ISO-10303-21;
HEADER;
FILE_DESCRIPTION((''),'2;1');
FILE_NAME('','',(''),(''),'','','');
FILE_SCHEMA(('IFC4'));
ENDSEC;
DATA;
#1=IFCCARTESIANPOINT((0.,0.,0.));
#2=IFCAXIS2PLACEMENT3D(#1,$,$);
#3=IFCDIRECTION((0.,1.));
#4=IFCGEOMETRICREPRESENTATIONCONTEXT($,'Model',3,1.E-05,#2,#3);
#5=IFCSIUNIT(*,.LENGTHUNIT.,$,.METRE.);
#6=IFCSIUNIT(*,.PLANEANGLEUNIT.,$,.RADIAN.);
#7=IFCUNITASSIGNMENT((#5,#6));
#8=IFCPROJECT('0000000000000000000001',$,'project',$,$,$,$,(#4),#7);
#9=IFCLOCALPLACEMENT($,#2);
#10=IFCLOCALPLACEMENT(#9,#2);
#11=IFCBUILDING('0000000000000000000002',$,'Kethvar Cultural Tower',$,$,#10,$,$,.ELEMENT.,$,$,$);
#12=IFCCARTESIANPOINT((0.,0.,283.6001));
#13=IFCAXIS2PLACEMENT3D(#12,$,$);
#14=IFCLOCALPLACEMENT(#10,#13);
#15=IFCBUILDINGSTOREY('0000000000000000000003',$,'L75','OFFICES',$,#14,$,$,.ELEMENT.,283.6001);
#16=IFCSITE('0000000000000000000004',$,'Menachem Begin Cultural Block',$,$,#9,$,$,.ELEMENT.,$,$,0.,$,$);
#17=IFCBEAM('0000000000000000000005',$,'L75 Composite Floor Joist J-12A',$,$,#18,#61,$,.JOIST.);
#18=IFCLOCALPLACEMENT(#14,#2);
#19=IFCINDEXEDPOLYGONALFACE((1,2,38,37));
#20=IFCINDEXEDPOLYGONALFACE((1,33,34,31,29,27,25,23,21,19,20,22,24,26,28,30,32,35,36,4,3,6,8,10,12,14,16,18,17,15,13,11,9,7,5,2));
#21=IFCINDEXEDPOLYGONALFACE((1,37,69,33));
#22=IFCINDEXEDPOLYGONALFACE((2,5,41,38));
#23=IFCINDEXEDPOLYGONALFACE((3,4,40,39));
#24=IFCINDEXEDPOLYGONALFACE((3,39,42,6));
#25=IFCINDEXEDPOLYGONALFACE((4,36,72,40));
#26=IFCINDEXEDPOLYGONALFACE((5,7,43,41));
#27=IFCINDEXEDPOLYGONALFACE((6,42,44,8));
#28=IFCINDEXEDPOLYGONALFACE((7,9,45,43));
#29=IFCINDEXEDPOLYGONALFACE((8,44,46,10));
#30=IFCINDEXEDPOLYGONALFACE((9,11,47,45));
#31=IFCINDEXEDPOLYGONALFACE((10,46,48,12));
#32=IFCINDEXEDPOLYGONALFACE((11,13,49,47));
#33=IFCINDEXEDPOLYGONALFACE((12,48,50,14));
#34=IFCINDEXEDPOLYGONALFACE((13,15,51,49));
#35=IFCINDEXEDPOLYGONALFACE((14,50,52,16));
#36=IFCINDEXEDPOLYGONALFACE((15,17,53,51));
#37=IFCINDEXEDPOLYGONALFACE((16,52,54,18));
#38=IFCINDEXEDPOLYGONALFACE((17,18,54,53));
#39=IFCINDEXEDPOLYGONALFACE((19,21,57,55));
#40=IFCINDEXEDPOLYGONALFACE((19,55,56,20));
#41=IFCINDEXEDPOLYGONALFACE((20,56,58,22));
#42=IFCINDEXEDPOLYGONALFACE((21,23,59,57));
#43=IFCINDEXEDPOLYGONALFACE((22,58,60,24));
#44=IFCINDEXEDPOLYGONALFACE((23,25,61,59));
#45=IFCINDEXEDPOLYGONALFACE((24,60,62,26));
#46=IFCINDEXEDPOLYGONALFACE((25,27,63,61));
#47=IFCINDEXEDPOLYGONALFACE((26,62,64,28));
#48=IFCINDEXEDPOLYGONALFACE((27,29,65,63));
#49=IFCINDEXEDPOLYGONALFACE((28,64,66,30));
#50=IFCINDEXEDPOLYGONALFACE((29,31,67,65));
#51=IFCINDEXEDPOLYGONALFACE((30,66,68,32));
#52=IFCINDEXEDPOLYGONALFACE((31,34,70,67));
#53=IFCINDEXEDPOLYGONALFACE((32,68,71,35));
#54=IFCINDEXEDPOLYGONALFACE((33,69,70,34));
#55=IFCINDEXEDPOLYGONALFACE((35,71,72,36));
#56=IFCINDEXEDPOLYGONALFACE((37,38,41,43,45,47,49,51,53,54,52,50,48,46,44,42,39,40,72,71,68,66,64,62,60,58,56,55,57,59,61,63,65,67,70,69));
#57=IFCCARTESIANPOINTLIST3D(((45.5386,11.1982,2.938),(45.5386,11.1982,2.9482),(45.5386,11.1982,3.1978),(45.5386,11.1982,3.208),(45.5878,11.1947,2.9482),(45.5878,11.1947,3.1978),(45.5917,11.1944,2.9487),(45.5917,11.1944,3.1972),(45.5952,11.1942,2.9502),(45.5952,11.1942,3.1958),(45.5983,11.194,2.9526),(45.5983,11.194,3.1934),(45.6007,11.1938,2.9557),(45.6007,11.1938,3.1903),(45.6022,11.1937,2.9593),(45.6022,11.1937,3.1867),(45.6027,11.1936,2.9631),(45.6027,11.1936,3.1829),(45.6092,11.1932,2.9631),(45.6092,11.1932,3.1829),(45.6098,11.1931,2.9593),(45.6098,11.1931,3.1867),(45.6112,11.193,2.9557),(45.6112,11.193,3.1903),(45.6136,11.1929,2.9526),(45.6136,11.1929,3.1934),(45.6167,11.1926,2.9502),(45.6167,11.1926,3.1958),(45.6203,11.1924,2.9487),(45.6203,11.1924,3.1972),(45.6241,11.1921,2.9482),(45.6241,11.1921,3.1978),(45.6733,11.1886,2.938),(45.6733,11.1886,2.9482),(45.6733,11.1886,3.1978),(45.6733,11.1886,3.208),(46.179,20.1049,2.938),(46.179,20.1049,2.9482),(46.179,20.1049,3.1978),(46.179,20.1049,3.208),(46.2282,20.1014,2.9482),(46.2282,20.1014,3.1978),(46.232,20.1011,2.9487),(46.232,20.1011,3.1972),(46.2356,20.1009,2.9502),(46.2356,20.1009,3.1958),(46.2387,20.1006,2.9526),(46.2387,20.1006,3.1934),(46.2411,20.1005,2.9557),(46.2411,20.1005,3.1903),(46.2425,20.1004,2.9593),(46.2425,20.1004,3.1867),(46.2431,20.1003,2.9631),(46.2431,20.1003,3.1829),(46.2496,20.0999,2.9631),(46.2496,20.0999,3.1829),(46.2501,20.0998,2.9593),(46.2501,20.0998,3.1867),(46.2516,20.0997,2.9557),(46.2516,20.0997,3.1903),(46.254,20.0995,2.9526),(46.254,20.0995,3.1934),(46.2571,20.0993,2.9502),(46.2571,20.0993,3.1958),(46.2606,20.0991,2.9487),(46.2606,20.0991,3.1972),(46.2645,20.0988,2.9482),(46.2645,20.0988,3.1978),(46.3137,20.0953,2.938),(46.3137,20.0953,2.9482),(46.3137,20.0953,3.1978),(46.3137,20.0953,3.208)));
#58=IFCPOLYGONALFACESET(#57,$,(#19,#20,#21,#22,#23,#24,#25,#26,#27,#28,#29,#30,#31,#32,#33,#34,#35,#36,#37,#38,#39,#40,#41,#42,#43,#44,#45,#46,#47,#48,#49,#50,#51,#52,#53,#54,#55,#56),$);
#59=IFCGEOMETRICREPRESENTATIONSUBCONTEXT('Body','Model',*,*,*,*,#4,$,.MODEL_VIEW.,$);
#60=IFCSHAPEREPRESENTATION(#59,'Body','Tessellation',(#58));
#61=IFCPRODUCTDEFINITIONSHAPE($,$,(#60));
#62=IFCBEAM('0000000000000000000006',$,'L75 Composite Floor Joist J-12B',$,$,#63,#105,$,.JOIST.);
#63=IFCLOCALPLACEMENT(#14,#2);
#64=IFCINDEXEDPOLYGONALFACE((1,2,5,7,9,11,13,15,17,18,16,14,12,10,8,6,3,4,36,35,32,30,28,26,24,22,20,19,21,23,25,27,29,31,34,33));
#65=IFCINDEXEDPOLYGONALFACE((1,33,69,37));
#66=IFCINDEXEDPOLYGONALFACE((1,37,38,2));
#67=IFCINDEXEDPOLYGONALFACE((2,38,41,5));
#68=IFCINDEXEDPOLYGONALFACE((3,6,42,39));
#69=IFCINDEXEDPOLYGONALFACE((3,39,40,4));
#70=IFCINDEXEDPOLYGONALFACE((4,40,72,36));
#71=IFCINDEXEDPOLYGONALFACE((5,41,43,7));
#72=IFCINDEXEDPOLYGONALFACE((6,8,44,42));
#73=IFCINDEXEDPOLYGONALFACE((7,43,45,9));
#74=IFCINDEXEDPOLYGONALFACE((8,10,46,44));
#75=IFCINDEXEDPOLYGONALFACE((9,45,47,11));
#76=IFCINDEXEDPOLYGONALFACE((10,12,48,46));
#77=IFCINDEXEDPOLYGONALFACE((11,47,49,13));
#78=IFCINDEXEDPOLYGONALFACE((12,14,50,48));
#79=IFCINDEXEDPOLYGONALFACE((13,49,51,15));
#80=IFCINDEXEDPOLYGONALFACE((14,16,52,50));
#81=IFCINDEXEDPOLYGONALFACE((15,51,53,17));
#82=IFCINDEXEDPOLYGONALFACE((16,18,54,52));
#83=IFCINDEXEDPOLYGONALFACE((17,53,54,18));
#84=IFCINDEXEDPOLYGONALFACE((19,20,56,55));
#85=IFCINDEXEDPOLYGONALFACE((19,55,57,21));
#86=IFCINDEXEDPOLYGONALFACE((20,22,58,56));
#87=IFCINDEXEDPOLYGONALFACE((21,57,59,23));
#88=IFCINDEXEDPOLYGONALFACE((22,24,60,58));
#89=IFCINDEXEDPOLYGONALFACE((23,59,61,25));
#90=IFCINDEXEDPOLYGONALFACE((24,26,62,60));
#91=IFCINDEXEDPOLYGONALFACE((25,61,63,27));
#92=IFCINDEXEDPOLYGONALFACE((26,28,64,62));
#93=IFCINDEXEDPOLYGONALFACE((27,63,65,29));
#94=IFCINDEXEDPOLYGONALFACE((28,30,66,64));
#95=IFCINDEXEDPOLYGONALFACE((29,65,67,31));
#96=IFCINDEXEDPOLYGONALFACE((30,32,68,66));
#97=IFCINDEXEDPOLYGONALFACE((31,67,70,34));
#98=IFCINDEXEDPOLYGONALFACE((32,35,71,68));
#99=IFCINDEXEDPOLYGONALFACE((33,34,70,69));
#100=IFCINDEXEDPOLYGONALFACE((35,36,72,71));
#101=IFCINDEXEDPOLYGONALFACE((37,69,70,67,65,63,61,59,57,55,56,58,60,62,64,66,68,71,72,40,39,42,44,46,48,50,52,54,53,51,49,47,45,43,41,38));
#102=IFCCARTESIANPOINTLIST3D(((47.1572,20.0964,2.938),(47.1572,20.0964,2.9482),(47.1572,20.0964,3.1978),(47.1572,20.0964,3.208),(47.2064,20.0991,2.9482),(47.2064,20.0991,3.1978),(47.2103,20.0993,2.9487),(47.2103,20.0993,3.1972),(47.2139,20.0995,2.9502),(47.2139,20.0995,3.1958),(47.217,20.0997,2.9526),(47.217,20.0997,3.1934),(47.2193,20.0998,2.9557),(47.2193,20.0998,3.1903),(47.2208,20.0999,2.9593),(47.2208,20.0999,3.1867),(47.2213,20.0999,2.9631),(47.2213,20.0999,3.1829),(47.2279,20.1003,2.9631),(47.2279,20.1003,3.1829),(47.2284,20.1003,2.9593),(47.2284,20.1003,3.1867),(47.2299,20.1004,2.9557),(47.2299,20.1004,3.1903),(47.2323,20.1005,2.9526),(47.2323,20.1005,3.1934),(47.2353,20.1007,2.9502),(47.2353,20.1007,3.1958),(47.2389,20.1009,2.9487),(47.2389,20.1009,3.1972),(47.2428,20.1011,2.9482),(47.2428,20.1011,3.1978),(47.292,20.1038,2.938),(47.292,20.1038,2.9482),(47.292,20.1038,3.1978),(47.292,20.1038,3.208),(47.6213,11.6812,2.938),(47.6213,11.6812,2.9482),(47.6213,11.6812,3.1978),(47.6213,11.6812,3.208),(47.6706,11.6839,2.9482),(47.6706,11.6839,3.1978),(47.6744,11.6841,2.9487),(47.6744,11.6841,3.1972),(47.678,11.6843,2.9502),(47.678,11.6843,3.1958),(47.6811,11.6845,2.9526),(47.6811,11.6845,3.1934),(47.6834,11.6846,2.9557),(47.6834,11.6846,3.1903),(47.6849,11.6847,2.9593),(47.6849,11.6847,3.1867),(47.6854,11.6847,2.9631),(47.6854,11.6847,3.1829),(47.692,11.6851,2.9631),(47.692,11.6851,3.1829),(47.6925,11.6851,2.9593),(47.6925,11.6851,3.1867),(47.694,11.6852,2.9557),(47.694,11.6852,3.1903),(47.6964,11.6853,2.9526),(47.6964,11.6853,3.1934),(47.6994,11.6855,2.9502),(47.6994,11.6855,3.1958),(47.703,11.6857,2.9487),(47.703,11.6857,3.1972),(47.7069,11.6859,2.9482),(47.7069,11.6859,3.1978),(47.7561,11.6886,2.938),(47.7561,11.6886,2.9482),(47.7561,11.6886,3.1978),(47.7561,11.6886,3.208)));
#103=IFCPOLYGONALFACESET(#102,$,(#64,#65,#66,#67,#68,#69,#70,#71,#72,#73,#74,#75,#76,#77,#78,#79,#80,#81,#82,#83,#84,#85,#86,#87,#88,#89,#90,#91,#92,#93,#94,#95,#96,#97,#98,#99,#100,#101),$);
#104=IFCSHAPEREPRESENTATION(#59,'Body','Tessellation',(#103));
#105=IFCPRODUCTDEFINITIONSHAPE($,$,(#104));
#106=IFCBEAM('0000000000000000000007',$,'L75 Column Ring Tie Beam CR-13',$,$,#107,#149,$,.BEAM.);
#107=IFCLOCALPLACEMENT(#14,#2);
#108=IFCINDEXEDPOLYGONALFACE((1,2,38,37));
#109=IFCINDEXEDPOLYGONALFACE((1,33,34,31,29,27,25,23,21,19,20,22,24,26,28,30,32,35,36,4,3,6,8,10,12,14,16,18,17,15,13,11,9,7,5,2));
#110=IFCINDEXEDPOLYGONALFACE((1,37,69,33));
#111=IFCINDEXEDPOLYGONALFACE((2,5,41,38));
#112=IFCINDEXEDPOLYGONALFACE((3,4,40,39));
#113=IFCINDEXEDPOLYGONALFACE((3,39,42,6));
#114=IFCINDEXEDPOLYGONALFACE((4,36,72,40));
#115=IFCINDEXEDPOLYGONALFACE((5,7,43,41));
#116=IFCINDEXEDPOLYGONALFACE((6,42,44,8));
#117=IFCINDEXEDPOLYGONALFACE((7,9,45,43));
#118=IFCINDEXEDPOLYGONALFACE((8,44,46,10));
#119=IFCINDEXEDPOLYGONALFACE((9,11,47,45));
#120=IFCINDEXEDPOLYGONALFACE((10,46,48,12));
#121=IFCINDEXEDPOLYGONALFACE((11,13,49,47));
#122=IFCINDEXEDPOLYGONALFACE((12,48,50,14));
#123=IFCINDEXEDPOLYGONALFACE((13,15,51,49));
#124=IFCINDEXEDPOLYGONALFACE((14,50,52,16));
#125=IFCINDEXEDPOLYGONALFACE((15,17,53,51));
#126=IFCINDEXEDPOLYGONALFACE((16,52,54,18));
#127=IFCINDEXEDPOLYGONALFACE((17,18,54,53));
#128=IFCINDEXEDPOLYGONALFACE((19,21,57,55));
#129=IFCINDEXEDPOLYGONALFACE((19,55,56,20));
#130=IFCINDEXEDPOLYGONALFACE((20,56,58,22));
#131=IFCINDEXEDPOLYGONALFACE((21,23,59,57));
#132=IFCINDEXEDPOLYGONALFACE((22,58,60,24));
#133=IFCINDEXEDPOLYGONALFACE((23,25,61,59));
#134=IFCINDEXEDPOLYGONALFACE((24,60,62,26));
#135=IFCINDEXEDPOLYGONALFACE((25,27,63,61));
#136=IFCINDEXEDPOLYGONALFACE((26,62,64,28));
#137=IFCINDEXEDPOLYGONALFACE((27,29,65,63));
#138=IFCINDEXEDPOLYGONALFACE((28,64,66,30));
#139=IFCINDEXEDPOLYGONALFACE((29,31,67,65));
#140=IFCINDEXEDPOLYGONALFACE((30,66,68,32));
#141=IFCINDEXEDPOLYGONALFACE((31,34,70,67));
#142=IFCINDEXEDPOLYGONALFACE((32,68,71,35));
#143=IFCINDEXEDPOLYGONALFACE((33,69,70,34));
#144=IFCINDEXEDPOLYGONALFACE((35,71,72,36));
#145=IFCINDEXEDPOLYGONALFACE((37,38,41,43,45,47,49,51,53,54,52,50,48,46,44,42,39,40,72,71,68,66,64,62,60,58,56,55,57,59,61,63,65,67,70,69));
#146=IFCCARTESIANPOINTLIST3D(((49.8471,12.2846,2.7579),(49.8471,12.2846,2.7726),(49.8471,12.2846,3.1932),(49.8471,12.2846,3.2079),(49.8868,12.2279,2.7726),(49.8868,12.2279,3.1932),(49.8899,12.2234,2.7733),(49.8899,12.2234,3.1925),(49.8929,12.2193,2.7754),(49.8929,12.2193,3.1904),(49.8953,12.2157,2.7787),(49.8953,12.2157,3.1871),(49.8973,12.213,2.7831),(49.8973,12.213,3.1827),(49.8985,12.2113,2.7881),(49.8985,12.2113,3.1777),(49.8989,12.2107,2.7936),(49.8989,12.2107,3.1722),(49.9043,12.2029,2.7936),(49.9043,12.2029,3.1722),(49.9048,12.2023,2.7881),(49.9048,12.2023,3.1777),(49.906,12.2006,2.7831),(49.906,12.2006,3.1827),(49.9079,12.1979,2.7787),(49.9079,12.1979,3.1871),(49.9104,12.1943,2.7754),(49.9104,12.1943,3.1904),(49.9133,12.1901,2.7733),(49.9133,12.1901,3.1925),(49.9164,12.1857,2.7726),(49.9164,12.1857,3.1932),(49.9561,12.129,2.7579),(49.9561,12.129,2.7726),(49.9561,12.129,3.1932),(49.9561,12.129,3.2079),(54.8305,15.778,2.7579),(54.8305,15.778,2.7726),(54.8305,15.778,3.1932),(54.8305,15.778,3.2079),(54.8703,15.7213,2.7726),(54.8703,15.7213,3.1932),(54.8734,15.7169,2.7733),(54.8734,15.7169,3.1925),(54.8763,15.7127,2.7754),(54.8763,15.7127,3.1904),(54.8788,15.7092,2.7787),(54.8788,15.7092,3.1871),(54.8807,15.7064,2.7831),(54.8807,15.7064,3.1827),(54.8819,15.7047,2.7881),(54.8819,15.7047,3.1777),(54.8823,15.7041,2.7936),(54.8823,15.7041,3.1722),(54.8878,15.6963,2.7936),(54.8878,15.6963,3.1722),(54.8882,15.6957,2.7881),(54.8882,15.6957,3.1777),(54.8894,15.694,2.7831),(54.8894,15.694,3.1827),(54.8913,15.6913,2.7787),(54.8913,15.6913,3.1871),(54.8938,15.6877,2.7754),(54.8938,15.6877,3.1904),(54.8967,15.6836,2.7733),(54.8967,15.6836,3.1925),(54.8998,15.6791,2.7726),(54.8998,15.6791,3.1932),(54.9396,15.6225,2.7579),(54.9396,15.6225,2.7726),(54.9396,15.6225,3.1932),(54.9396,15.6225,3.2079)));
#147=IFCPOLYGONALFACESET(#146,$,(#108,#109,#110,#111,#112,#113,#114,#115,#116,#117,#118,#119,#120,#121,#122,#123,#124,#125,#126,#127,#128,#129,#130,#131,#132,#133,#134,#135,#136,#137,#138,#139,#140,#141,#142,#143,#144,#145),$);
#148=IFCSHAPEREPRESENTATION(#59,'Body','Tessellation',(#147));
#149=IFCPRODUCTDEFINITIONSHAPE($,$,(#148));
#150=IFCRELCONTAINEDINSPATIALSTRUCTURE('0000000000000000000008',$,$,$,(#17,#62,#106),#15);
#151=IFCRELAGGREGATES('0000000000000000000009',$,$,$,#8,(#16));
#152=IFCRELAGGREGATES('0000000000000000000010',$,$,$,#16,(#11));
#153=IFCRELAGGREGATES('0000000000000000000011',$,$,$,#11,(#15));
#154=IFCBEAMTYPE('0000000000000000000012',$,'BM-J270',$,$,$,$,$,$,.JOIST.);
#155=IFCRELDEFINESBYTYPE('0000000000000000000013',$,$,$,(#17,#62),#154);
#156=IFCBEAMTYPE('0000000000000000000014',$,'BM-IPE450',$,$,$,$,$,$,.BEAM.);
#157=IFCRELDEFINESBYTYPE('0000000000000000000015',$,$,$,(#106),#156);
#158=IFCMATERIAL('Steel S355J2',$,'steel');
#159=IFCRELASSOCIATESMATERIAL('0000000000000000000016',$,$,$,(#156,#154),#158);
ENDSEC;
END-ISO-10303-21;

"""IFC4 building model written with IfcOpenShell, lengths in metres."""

from ifc_helpers import new_model, si_unit, direction, frame, origin, origin_2d, place, context, subcontext, project, spatial, i_section, extrude, source, transform, mapped, material, material_profile, profile_set, type_object, element, save


model = new_model("IFC4")

# Units and contexts
model_context = context("Model", 3, precision=1e-05, world=origin(), true_north=direction((0.0, 1.0)))
body_context = subcontext(model_context, "Body", "Model", "MODEL_VIEW")
ifc_project = project(units=[si_unit("LENGTHUNIT", "METRE"), si_unit("PLANEANGLEUNIT", "RADIAN")], contexts=[model_context])

# Site, building, storey
site_placement = place(None, origin())
site = spatial("IfcSite", under=ifc_project, at=site_placement, Name="Menachem Begin Cultural Block", CompositionType="ELEMENT", RefElevation=0.0)
building_placement = place(site_placement, origin())
building = spatial("IfcBuilding", under=site, at=building_placement, Name="Kethvar Cultural Tower", CompositionType="ELEMENT")
storey_placement = place(building_placement, frame((0.0, 0.0, 283.6001)))
storey = spatial("IfcBuildingStorey", under=building, at=storey_placement, Name="L75", Description="OFFICES", CompositionType="ELEMENT", Elevation=283.6001)

# Shared definitions
ifc_material_1 = material(Name="Steel S355J2", Category="steel")

# Beams
ifc_material_profile_1 = material_profile(ifc_material_1, i_section(OverallWidth=0.1899, OverallDepth=0.45, WebThickness=0.0095, FlangeThickness=0.0146, FilletRadius=0.021, at=origin_2d()), Name="Steel S355J2 — IPE450")
ifc_profile_set_1 = profile_set([ifc_material_profile_1], Name="Steel S355J2 — IPE450")
beam_type_1 = type_object("IfcBeamType", Name="BM-IPE450", PredefinedType="BEAM", material=ifc_profile_set_1)
ifc_material_profile_2 = material_profile(ifc_material_1, i_section(OverallWidth=0.135, OverallDepth=0.27, WebThickness=0.0066, FlangeThickness=0.0103, FilletRadius=0.0149, at=origin_2d()), Name="Steel S355J2 — IPE270")
ifc_profile_set_2 = profile_set([ifc_material_profile_2], Name="Steel S355J2 — IPE270")
beam_type_2 = type_object("IfcBeamType", Name="BM-J270", PredefinedType="JOIST", material=ifc_profile_set_2)
shared_shape_1 = source(origin(), body_context, "Body", "SweptSolid", [
    extrude(i_section(OverallWidth=0.135, OverallDepth=0.27, WebThickness=0.0066, FlangeThickness=0.0103, FilletRadius=0.0149, at=origin_2d()), origin(), (0.0, 0.0, 1.0), 8.9297),
])
beam_1_placement = place(storey_placement, frame((46.2463, 20.1001, 3.073), z_axis=(-0.071713, -0.997425, 0.0), x_axis=(0.997425, -0.071713, 0.0)))
element("IfcBeam", 1, at=beam_1_placement, inside=storey, type_object=beam_type_2, Name="L75 Composite Floor Joist J-12A", PredefinedType="JOIST", context=body_context, shape_type="MappedRepresentation", body=[
    mapped(shared_shape_1, transform((0.0, 0.0, 0.0), scale=1.0)),
])
shared_shape_2 = source(origin(), body_context, "Body", "SweptSolid", [
    extrude(i_section(OverallWidth=0.135, OverallDepth=0.27, WebThickness=0.0066, FlangeThickness=0.0103, FilletRadius=0.0149, at=origin_2d()), origin(), (0.0, 0.0, 1.0), 8.428),
])
beam_2_placement = place(storey_placement, frame((47.2246, 20.1001, 3.073), z_axis=(0.055067, -0.998483, 0.0), x_axis=(0.998483, 0.055067, 0.0)))
element("IfcBeam", 2, at=beam_2_placement, inside=storey, type_object=beam_type_2, Name="L75 Composite Floor Joist J-12B", PredefinedType="JOIST", context=body_context, shape_type="MappedRepresentation", body=[
    mapped(shared_shape_2, transform((0.0, 0.0, 0.0), scale=1.0)),
])
shared_shape_3 = source(origin(), body_context, "Body", "SweptSolid", [
    extrude(i_section(OverallWidth=0.1899, OverallDepth=0.45, WebThickness=0.0095, FlangeThickness=0.0146, FilletRadius=0.021, at=origin_2d()), origin(), (0.0, 0.0, 1.0), 6.0859),
])
beam_3_placement = place(storey_placement, frame((49.9016, 12.2068, 2.9829), z_axis=(0.818843, 0.574017, 0.0), x_axis=(-0.574017, 0.818843, 0.0)))
element("IfcBeam", 3, at=beam_3_placement, inside=storey, type_object=beam_type_1, Name="L75 Column Ring Tie Beam CR-13", PredefinedType="BEAM", context=body_context, shape_type="MappedRepresentation", body=[
    mapped(shared_shape_3, transform((0.0, 0.0, 0.0), scale=1.0)),
])

save(model, "model.ifc")
